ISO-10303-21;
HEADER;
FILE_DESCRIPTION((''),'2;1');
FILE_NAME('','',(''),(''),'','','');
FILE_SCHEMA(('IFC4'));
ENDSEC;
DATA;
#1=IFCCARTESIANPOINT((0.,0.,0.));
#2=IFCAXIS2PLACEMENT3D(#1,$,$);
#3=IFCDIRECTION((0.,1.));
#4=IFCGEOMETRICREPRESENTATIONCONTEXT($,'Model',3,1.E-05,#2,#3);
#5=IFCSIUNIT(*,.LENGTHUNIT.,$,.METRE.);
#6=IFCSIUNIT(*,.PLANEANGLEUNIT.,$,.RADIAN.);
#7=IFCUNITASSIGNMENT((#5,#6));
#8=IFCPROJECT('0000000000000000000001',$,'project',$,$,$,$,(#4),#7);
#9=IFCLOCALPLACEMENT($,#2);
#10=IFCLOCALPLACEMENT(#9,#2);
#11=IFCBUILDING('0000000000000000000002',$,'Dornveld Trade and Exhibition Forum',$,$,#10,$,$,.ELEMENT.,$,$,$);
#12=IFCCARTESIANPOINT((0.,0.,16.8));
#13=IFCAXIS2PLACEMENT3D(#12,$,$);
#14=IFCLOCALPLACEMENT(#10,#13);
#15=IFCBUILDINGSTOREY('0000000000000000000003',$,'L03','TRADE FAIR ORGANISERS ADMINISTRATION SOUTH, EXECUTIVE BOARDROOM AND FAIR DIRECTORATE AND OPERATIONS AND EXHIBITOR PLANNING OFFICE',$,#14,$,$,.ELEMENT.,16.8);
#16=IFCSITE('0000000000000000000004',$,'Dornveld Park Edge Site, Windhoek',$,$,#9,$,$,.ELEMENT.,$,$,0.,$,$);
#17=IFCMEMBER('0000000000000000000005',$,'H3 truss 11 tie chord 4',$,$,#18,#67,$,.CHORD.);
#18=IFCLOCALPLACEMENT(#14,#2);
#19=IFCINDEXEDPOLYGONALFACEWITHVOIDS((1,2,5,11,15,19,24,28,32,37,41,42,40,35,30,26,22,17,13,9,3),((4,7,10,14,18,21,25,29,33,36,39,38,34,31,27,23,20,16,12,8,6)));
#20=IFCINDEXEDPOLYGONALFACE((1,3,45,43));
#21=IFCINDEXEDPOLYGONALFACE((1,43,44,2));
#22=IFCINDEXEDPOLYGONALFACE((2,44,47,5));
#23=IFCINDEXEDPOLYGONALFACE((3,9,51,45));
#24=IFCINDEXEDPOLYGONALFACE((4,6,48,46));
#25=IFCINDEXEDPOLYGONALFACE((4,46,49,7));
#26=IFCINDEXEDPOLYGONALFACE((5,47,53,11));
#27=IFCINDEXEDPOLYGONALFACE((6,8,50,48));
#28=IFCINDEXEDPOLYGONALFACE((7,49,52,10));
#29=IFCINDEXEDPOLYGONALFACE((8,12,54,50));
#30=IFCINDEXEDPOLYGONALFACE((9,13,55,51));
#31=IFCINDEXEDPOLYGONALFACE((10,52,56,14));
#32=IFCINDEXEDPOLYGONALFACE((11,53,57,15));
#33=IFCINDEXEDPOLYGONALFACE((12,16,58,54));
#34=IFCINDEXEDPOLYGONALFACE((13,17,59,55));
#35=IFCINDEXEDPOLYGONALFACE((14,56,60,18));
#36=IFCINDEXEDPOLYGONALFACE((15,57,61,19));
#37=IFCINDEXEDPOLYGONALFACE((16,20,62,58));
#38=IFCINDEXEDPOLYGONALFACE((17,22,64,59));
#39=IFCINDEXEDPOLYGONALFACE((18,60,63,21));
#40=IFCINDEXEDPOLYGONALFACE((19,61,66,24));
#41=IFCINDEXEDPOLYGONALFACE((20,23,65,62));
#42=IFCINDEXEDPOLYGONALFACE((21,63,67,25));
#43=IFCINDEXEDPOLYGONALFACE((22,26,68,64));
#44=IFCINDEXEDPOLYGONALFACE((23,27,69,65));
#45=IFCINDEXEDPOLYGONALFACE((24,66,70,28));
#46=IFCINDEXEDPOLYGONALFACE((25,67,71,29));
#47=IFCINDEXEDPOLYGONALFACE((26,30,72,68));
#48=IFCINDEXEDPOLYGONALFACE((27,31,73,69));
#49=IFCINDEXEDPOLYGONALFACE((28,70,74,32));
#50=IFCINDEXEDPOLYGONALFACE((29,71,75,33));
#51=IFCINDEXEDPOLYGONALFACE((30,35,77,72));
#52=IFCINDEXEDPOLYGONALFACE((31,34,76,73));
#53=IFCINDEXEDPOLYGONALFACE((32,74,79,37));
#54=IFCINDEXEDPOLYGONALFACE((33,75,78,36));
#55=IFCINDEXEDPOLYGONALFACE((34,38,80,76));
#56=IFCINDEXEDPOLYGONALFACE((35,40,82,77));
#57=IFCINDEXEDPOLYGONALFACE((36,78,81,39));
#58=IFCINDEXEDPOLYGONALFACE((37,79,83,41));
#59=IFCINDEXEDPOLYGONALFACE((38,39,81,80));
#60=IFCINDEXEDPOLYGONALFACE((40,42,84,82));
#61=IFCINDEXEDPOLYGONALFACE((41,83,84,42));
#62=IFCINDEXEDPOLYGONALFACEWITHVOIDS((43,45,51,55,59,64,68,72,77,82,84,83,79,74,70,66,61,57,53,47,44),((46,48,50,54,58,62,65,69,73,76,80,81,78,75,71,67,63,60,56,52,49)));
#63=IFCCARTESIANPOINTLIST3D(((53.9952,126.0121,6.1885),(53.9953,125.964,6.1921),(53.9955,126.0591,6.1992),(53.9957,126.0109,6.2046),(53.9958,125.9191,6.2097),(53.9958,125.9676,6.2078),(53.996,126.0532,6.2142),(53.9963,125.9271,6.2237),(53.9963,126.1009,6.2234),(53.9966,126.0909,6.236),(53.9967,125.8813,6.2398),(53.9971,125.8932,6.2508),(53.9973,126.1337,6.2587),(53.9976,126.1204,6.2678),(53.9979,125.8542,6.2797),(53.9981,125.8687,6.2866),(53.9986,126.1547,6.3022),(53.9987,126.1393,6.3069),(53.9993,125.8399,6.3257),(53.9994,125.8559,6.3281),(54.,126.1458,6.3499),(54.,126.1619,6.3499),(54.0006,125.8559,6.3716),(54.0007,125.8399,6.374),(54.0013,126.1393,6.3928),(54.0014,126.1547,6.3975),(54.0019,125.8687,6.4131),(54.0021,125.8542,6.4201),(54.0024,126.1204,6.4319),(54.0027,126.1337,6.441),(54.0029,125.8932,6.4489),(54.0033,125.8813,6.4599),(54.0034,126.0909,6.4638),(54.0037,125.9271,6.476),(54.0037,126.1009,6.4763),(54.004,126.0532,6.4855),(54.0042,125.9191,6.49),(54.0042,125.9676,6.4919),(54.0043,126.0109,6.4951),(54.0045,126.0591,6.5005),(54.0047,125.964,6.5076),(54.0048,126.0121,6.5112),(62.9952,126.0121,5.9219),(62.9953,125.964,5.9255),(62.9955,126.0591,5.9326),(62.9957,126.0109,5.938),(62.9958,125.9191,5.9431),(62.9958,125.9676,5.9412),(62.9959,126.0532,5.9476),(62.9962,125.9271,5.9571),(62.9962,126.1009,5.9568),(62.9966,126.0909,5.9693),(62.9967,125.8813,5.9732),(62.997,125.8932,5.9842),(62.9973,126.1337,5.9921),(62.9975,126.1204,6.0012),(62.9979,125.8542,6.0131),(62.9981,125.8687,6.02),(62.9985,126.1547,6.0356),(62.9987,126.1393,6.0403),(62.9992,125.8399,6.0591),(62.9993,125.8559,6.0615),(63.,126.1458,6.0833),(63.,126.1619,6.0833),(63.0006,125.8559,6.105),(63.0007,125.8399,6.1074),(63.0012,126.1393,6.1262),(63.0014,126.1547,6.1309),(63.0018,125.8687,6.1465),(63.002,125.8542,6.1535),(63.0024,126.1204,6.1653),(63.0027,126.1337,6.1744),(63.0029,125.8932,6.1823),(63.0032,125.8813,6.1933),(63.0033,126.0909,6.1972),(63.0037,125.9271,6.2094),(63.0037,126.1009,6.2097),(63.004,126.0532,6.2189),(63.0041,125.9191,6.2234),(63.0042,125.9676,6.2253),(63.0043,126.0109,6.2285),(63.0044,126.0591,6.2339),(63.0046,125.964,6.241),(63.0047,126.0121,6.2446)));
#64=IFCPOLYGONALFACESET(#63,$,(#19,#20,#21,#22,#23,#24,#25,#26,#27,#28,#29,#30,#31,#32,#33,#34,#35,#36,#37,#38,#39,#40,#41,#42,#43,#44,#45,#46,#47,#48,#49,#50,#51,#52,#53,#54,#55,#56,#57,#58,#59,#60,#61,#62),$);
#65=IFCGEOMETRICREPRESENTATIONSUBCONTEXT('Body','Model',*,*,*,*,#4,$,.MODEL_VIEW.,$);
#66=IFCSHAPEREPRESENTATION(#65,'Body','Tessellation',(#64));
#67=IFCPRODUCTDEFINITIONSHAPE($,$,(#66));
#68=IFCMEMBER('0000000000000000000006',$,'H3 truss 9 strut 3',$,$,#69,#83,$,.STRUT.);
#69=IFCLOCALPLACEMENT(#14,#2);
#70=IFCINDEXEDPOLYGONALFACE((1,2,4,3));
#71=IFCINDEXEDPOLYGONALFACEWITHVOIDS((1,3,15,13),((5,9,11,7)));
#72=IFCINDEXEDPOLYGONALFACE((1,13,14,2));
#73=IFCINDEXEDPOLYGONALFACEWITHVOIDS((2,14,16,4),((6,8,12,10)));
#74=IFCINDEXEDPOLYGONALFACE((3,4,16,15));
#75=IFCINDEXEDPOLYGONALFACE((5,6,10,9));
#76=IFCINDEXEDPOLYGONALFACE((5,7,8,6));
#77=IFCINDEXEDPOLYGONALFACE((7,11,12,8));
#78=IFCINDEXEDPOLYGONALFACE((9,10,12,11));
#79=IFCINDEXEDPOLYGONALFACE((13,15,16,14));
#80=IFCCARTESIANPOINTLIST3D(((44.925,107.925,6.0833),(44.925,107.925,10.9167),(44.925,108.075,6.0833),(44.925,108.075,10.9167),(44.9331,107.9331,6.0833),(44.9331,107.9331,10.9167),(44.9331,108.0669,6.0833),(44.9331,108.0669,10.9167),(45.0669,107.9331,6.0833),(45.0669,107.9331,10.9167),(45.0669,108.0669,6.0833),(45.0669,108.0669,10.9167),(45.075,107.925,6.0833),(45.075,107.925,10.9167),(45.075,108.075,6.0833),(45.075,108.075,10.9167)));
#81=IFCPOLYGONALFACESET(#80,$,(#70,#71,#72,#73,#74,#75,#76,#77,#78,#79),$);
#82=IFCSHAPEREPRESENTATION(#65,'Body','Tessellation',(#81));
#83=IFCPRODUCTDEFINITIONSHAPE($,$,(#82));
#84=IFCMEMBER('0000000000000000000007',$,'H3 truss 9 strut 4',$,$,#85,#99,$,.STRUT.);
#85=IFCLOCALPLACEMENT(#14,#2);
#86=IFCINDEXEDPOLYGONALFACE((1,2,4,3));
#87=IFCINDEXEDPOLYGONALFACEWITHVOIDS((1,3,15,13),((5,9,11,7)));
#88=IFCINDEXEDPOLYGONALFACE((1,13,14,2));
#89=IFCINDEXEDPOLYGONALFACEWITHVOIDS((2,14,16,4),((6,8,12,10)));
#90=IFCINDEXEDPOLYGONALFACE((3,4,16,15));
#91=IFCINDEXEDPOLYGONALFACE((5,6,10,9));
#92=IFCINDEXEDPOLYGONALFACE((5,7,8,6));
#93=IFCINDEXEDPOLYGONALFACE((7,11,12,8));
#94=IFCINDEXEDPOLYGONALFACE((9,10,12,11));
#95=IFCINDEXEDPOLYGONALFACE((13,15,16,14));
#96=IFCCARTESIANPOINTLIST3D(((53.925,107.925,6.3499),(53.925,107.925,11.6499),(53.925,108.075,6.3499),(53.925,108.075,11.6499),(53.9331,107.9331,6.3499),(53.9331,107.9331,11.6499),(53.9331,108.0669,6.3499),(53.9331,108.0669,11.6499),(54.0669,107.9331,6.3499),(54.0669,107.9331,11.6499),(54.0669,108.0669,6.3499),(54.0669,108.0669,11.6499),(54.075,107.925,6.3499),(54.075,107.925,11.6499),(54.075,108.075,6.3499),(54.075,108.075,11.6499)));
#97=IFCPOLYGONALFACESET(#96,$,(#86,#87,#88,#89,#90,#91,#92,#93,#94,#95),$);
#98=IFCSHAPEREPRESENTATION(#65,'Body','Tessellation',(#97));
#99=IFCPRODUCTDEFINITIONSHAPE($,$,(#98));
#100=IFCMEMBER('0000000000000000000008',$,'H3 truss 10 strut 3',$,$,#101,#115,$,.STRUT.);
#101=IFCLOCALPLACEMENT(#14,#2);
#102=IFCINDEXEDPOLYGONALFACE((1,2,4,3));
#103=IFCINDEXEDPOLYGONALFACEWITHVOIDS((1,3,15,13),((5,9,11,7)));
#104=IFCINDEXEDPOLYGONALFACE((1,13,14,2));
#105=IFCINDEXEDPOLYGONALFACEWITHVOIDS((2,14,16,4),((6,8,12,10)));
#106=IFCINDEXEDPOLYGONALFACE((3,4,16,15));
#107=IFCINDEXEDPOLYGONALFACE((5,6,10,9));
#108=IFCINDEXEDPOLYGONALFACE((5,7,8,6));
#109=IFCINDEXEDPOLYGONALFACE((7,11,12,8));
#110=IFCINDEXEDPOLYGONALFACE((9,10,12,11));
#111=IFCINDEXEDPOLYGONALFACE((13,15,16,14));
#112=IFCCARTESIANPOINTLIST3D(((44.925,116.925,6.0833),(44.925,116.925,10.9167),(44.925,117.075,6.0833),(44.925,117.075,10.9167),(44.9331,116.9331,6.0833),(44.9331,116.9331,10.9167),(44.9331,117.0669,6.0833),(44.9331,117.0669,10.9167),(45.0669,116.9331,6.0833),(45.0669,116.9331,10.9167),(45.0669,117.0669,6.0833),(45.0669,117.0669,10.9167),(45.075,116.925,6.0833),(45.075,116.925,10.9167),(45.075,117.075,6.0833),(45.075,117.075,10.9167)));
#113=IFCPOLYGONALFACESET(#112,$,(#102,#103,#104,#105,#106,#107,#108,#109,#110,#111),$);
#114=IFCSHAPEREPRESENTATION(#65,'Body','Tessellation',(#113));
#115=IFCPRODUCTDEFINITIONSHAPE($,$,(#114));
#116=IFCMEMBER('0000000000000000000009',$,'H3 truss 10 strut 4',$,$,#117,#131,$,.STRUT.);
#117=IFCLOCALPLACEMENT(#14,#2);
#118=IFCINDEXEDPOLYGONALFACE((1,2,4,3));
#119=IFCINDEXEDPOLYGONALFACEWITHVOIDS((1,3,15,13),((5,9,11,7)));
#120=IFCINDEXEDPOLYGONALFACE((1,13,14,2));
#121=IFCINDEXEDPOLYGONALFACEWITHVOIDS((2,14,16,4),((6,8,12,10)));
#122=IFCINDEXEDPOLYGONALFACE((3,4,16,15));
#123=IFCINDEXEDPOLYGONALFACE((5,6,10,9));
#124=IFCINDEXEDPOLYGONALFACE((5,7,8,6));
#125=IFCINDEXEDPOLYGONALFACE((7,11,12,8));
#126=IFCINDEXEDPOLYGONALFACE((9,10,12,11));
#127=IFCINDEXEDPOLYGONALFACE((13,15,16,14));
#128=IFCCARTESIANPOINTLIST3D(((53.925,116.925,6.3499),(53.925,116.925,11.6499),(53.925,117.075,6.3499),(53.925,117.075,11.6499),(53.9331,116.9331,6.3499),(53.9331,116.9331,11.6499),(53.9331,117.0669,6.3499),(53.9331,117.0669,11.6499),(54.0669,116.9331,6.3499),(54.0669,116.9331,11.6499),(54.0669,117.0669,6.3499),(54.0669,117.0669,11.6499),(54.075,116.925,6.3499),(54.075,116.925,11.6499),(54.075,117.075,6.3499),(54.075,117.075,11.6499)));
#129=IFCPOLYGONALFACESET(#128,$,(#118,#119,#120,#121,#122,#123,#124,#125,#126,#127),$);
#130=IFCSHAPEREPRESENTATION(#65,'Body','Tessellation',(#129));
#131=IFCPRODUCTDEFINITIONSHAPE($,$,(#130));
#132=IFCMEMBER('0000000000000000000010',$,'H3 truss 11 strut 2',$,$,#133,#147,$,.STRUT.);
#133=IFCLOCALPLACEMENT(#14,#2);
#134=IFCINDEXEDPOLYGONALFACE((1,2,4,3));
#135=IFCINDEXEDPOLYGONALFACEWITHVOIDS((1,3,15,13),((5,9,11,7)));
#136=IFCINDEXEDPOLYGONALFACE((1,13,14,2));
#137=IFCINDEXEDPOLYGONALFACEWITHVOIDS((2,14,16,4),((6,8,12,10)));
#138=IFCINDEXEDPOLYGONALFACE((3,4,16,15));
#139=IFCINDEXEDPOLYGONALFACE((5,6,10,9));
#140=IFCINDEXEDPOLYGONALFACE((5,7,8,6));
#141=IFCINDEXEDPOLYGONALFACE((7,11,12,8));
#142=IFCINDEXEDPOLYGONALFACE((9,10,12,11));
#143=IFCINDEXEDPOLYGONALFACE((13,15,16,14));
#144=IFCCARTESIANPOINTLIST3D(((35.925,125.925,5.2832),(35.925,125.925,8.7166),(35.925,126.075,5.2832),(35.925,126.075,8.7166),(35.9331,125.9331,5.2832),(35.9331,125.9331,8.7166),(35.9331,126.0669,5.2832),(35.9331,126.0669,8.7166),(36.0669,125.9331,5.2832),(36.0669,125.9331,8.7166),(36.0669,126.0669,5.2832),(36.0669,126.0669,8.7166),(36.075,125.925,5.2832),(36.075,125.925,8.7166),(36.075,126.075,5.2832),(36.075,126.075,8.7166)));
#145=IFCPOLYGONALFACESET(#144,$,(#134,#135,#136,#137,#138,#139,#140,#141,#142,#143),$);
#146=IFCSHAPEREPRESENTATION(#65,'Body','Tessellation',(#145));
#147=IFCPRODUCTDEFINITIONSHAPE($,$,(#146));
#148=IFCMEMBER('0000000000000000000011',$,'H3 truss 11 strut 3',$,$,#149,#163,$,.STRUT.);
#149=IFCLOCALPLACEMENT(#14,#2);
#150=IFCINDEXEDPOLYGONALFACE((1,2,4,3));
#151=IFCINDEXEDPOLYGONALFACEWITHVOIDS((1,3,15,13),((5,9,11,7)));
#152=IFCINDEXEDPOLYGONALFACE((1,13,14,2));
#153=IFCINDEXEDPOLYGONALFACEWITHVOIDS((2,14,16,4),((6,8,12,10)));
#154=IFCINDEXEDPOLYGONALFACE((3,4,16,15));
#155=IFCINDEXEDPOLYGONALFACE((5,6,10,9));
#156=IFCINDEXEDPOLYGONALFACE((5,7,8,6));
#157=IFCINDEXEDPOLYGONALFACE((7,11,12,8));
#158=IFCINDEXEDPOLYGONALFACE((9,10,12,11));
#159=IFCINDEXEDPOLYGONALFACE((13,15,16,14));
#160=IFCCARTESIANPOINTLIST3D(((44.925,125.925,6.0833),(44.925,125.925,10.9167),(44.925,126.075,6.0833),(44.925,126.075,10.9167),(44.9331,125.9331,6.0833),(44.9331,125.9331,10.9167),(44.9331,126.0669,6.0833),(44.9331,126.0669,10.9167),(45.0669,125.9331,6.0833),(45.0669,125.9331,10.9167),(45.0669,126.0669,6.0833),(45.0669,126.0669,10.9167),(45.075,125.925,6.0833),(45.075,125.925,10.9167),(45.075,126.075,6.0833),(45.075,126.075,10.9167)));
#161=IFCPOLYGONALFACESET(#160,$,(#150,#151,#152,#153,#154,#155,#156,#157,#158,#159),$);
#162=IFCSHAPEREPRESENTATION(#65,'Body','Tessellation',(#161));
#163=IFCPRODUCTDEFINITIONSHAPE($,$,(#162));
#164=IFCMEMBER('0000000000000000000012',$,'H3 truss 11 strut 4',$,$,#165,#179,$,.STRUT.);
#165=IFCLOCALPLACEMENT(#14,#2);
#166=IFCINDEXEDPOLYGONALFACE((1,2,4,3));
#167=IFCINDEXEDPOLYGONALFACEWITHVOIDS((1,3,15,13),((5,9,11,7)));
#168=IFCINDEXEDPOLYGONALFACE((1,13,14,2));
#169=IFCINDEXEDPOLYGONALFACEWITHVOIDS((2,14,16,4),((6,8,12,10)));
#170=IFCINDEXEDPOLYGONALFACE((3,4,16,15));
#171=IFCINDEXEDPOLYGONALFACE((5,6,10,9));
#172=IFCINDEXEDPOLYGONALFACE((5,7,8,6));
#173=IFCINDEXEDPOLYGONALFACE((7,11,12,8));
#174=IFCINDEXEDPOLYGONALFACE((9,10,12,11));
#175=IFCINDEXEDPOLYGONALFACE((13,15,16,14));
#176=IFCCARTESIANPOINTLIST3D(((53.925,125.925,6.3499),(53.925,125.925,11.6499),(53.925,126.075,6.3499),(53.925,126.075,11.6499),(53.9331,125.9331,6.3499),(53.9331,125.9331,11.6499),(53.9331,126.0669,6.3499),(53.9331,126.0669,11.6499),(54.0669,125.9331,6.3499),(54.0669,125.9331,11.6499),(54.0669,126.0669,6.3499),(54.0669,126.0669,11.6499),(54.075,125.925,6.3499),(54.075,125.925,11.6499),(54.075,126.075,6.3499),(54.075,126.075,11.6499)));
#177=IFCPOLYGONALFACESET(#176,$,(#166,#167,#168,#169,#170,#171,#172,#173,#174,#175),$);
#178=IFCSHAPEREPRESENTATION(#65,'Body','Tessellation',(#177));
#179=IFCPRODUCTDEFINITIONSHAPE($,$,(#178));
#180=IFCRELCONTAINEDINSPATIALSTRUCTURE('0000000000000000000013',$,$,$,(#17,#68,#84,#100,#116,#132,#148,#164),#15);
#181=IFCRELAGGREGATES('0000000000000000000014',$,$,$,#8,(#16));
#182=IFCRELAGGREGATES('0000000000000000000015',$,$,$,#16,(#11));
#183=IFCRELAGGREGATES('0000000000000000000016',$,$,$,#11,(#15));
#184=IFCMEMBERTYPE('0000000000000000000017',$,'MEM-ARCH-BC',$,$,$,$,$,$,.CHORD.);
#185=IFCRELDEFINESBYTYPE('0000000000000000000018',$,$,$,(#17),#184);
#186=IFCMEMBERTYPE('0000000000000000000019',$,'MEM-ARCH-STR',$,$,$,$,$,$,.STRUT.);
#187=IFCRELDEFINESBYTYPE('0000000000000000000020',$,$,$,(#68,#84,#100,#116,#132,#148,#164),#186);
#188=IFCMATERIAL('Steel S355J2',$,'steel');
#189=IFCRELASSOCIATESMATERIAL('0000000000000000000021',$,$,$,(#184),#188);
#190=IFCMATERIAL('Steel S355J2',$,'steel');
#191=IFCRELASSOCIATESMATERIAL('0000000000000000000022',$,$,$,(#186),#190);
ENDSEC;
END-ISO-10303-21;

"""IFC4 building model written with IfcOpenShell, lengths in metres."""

from ifc_helpers import new_model, si_unit, direction, frame, origin, origin_2d, place, context, subcontext, project, spatial, hollow_rectangle, hollow_circle, extrude, material, material_profile, profile_set, type_object, element, save


model = new_model("IFC4")

# Units and contexts
model_context = context("Model", 3, precision=1e-05, world=origin(), true_north=direction((0.0, 1.0)))
body_context = subcontext(model_context, "Body", "Model", "MODEL_VIEW")
ifc_project = project(units=[si_unit("LENGTHUNIT", "METRE"), si_unit("PLANEANGLEUNIT", "RADIAN")], contexts=[model_context])

# Site, building, storey
site_placement = place(None, origin())
site = spatial("IfcSite", under=ifc_project, at=site_placement, Name="Dornveld Park Edge Site, Windhoek", CompositionType="ELEMENT", RefElevation=0.0)
building_placement = place(site_placement, origin())
building = spatial("IfcBuilding", under=site, at=building_placement, Name="Dornveld Trade and Exhibition Forum", CompositionType="ELEMENT")
storey_placement = place(building_placement, frame((0.0, 0.0, 16.8)))
storey = spatial("IfcBuildingStorey", under=building, at=storey_placement, Name="L03", Description="TRADE FAIR ORGANISERS ADMINISTRATION SOUTH, EXECUTIVE BOARDROOM AND FAIR DIRECTORATE AND OPERATIONS AND EXHIBITOR PLANNING OFFICE", CompositionType="ELEMENT", Elevation=16.8)

# Members
ifc_material_1 = material(Name="Steel S355J2", Category="steel")
ifc_material_profile_1 = material_profile(ifc_material_1, hollow_circle(Radius=0.1619, WallThickness=0.0161, at=origin_2d()), Name="CHS 323.9x16")
ifc_profile_set_1 = profile_set([ifc_material_profile_1], Name="Steel S355J2")
member_type_1 = type_object("IfcMemberType", Name="MEM-ARCH-BC", PredefinedType="CHORD", material=ifc_profile_set_1)
for number, where, z_axis, x_axis, name in (
    (1, (54.0, 126.0, 6.3499), (0.999562, 0.0, -0.029609), (0.0, 1.0, 0.0), "H3 truss 11 tie chord 4"),
):
    element("IfcMember", number, at=place(storey_placement, frame(where, z_axis=z_axis, x_axis=x_axis)), inside=storey, type_object=member_type_1, Name=name, PredefinedType="CHORD", context=body_context, shape_type="SweptSolid", body=[
        extrude(hollow_circle(Radius=0.1619, WallThickness=0.0161, at=origin_2d()), origin(), (0.0, 0.0, 1.0), 9.0039),
    ])
ifc_material_2 = material(Name="Steel S355J2", Category="steel")
ifc_material_profile_2 = material_profile(ifc_material_2, hollow_rectangle(XDim=0.1499, YDim=0.1499, WallThickness=0.0081, at=origin_2d()), Name="SHS 150x150x8")
ifc_profile_set_2 = profile_set([ifc_material_profile_2], Name="Steel S355J2")
member_type_2 = type_object("IfcMemberType", Name="MEM-ARCH-STR", PredefinedType="STRUT", material=ifc_profile_set_2)
member_1_placement = place(storey_placement, frame((45.0, 108.0, 6.0833), z_axis=(0.0, 0.0, 1.0), x_axis=(1.0, 0.0, 0.0)))
element("IfcMember", 2, at=member_1_placement, inside=storey, type_object=member_type_2, Name="H3 truss 9 strut 3", PredefinedType="STRUT", context=body_context, shape_type="SweptSolid", body=[
    extrude(hollow_rectangle(XDim=0.1499, YDim=0.1499, WallThickness=0.0081, at=origin_2d()), origin(), (0.0, 0.0, 1.0), 4.8335),
])
member_2_placement = place(storey_placement, frame((54.0, 108.0, 6.3499), z_axis=(0.0, 0.0, 1.0), x_axis=(1.0, 0.0, 0.0)))
element("IfcMember", 3, at=member_2_placement, inside=storey, type_object=member_type_2, Name="H3 truss 9 strut 4", PredefinedType="STRUT", context=body_context, shape_type="SweptSolid", body=[
    extrude(hollow_rectangle(XDim=0.1499, YDim=0.1499, WallThickness=0.0081, at=origin_2d()), origin(), (0.0, 0.0, 1.0), 5.3),
])
member_3_placement = place(storey_placement, frame((45.0, 117.0, 6.0833), z_axis=(0.0, 0.0, 1.0), x_axis=(1.0, 0.0, 0.0)))
element("IfcMember", 4, at=member_3_placement, inside=storey, type_object=member_type_2, Name="H3 truss 10 strut 3", PredefinedType="STRUT", context=body_context, shape_type="SweptSolid", body=[
    extrude(hollow_rectangle(XDim=0.1499, YDim=0.1499, WallThickness=0.0081, at=origin_2d()), origin(), (0.0, 0.0, 1.0), 4.8335),
])
member_4_placement = place(storey_placement, frame((54.0, 117.0, 6.3499), z_axis=(0.0, 0.0, 1.0), x_axis=(1.0, 0.0, 0.0)))
element("IfcMember", 5, at=member_4_placement, inside=storey, type_object=member_type_2, Name="H3 truss 10 strut 4", PredefinedType="STRUT", context=body_context, shape_type="SweptSolid", body=[
    extrude(hollow_rectangle(XDim=0.1499, YDim=0.1499, WallThickness=0.0081, at=origin_2d()), origin(), (0.0, 0.0, 1.0), 5.3),
])
member_5_placement = place(storey_placement, frame((36.0, 126.0, 5.2832), z_axis=(0.0, 0.0, 1.0), x_axis=(1.0, 0.0, 0.0)))
element("IfcMember", 6, at=member_5_placement, inside=storey, type_object=member_type_2, Name="H3 truss 11 strut 2", PredefinedType="STRUT", context=body_context, shape_type="SweptSolid", body=[
    extrude(hollow_rectangle(XDim=0.1499, YDim=0.1499, WallThickness=0.0081, at=origin_2d()), origin(), (0.0, 0.0, 1.0), 3.4333),
])
member_6_placement = place(storey_placement, frame((45.0, 126.0, 6.0833), z_axis=(0.0, 0.0, 1.0), x_axis=(1.0, 0.0, 0.0)))
element("IfcMember", 7, at=member_6_placement, inside=storey, type_object=member_type_2, Name="H3 truss 11 strut 3", PredefinedType="STRUT", context=body_context, shape_type="SweptSolid", body=[
    extrude(hollow_rectangle(XDim=0.1499, YDim=0.1499, WallThickness=0.0081, at=origin_2d()), origin(), (0.0, 0.0, 1.0), 4.8335),
])
member_7_placement = place(storey_placement, frame((54.0, 126.0, 6.3499), z_axis=(0.0, 0.0, 1.0), x_axis=(1.0, 0.0, 0.0)))
element("IfcMember", 8, at=member_7_placement, inside=storey, type_object=member_type_2, Name="H3 truss 11 strut 4", PredefinedType="STRUT", context=body_context, shape_type="SweptSolid", body=[
    extrude(hollow_rectangle(XDim=0.1499, YDim=0.1499, WallThickness=0.0081, at=origin_2d()), origin(), (0.0, 0.0, 1.0), 5.3),
])

save(model, "model.ifc")
